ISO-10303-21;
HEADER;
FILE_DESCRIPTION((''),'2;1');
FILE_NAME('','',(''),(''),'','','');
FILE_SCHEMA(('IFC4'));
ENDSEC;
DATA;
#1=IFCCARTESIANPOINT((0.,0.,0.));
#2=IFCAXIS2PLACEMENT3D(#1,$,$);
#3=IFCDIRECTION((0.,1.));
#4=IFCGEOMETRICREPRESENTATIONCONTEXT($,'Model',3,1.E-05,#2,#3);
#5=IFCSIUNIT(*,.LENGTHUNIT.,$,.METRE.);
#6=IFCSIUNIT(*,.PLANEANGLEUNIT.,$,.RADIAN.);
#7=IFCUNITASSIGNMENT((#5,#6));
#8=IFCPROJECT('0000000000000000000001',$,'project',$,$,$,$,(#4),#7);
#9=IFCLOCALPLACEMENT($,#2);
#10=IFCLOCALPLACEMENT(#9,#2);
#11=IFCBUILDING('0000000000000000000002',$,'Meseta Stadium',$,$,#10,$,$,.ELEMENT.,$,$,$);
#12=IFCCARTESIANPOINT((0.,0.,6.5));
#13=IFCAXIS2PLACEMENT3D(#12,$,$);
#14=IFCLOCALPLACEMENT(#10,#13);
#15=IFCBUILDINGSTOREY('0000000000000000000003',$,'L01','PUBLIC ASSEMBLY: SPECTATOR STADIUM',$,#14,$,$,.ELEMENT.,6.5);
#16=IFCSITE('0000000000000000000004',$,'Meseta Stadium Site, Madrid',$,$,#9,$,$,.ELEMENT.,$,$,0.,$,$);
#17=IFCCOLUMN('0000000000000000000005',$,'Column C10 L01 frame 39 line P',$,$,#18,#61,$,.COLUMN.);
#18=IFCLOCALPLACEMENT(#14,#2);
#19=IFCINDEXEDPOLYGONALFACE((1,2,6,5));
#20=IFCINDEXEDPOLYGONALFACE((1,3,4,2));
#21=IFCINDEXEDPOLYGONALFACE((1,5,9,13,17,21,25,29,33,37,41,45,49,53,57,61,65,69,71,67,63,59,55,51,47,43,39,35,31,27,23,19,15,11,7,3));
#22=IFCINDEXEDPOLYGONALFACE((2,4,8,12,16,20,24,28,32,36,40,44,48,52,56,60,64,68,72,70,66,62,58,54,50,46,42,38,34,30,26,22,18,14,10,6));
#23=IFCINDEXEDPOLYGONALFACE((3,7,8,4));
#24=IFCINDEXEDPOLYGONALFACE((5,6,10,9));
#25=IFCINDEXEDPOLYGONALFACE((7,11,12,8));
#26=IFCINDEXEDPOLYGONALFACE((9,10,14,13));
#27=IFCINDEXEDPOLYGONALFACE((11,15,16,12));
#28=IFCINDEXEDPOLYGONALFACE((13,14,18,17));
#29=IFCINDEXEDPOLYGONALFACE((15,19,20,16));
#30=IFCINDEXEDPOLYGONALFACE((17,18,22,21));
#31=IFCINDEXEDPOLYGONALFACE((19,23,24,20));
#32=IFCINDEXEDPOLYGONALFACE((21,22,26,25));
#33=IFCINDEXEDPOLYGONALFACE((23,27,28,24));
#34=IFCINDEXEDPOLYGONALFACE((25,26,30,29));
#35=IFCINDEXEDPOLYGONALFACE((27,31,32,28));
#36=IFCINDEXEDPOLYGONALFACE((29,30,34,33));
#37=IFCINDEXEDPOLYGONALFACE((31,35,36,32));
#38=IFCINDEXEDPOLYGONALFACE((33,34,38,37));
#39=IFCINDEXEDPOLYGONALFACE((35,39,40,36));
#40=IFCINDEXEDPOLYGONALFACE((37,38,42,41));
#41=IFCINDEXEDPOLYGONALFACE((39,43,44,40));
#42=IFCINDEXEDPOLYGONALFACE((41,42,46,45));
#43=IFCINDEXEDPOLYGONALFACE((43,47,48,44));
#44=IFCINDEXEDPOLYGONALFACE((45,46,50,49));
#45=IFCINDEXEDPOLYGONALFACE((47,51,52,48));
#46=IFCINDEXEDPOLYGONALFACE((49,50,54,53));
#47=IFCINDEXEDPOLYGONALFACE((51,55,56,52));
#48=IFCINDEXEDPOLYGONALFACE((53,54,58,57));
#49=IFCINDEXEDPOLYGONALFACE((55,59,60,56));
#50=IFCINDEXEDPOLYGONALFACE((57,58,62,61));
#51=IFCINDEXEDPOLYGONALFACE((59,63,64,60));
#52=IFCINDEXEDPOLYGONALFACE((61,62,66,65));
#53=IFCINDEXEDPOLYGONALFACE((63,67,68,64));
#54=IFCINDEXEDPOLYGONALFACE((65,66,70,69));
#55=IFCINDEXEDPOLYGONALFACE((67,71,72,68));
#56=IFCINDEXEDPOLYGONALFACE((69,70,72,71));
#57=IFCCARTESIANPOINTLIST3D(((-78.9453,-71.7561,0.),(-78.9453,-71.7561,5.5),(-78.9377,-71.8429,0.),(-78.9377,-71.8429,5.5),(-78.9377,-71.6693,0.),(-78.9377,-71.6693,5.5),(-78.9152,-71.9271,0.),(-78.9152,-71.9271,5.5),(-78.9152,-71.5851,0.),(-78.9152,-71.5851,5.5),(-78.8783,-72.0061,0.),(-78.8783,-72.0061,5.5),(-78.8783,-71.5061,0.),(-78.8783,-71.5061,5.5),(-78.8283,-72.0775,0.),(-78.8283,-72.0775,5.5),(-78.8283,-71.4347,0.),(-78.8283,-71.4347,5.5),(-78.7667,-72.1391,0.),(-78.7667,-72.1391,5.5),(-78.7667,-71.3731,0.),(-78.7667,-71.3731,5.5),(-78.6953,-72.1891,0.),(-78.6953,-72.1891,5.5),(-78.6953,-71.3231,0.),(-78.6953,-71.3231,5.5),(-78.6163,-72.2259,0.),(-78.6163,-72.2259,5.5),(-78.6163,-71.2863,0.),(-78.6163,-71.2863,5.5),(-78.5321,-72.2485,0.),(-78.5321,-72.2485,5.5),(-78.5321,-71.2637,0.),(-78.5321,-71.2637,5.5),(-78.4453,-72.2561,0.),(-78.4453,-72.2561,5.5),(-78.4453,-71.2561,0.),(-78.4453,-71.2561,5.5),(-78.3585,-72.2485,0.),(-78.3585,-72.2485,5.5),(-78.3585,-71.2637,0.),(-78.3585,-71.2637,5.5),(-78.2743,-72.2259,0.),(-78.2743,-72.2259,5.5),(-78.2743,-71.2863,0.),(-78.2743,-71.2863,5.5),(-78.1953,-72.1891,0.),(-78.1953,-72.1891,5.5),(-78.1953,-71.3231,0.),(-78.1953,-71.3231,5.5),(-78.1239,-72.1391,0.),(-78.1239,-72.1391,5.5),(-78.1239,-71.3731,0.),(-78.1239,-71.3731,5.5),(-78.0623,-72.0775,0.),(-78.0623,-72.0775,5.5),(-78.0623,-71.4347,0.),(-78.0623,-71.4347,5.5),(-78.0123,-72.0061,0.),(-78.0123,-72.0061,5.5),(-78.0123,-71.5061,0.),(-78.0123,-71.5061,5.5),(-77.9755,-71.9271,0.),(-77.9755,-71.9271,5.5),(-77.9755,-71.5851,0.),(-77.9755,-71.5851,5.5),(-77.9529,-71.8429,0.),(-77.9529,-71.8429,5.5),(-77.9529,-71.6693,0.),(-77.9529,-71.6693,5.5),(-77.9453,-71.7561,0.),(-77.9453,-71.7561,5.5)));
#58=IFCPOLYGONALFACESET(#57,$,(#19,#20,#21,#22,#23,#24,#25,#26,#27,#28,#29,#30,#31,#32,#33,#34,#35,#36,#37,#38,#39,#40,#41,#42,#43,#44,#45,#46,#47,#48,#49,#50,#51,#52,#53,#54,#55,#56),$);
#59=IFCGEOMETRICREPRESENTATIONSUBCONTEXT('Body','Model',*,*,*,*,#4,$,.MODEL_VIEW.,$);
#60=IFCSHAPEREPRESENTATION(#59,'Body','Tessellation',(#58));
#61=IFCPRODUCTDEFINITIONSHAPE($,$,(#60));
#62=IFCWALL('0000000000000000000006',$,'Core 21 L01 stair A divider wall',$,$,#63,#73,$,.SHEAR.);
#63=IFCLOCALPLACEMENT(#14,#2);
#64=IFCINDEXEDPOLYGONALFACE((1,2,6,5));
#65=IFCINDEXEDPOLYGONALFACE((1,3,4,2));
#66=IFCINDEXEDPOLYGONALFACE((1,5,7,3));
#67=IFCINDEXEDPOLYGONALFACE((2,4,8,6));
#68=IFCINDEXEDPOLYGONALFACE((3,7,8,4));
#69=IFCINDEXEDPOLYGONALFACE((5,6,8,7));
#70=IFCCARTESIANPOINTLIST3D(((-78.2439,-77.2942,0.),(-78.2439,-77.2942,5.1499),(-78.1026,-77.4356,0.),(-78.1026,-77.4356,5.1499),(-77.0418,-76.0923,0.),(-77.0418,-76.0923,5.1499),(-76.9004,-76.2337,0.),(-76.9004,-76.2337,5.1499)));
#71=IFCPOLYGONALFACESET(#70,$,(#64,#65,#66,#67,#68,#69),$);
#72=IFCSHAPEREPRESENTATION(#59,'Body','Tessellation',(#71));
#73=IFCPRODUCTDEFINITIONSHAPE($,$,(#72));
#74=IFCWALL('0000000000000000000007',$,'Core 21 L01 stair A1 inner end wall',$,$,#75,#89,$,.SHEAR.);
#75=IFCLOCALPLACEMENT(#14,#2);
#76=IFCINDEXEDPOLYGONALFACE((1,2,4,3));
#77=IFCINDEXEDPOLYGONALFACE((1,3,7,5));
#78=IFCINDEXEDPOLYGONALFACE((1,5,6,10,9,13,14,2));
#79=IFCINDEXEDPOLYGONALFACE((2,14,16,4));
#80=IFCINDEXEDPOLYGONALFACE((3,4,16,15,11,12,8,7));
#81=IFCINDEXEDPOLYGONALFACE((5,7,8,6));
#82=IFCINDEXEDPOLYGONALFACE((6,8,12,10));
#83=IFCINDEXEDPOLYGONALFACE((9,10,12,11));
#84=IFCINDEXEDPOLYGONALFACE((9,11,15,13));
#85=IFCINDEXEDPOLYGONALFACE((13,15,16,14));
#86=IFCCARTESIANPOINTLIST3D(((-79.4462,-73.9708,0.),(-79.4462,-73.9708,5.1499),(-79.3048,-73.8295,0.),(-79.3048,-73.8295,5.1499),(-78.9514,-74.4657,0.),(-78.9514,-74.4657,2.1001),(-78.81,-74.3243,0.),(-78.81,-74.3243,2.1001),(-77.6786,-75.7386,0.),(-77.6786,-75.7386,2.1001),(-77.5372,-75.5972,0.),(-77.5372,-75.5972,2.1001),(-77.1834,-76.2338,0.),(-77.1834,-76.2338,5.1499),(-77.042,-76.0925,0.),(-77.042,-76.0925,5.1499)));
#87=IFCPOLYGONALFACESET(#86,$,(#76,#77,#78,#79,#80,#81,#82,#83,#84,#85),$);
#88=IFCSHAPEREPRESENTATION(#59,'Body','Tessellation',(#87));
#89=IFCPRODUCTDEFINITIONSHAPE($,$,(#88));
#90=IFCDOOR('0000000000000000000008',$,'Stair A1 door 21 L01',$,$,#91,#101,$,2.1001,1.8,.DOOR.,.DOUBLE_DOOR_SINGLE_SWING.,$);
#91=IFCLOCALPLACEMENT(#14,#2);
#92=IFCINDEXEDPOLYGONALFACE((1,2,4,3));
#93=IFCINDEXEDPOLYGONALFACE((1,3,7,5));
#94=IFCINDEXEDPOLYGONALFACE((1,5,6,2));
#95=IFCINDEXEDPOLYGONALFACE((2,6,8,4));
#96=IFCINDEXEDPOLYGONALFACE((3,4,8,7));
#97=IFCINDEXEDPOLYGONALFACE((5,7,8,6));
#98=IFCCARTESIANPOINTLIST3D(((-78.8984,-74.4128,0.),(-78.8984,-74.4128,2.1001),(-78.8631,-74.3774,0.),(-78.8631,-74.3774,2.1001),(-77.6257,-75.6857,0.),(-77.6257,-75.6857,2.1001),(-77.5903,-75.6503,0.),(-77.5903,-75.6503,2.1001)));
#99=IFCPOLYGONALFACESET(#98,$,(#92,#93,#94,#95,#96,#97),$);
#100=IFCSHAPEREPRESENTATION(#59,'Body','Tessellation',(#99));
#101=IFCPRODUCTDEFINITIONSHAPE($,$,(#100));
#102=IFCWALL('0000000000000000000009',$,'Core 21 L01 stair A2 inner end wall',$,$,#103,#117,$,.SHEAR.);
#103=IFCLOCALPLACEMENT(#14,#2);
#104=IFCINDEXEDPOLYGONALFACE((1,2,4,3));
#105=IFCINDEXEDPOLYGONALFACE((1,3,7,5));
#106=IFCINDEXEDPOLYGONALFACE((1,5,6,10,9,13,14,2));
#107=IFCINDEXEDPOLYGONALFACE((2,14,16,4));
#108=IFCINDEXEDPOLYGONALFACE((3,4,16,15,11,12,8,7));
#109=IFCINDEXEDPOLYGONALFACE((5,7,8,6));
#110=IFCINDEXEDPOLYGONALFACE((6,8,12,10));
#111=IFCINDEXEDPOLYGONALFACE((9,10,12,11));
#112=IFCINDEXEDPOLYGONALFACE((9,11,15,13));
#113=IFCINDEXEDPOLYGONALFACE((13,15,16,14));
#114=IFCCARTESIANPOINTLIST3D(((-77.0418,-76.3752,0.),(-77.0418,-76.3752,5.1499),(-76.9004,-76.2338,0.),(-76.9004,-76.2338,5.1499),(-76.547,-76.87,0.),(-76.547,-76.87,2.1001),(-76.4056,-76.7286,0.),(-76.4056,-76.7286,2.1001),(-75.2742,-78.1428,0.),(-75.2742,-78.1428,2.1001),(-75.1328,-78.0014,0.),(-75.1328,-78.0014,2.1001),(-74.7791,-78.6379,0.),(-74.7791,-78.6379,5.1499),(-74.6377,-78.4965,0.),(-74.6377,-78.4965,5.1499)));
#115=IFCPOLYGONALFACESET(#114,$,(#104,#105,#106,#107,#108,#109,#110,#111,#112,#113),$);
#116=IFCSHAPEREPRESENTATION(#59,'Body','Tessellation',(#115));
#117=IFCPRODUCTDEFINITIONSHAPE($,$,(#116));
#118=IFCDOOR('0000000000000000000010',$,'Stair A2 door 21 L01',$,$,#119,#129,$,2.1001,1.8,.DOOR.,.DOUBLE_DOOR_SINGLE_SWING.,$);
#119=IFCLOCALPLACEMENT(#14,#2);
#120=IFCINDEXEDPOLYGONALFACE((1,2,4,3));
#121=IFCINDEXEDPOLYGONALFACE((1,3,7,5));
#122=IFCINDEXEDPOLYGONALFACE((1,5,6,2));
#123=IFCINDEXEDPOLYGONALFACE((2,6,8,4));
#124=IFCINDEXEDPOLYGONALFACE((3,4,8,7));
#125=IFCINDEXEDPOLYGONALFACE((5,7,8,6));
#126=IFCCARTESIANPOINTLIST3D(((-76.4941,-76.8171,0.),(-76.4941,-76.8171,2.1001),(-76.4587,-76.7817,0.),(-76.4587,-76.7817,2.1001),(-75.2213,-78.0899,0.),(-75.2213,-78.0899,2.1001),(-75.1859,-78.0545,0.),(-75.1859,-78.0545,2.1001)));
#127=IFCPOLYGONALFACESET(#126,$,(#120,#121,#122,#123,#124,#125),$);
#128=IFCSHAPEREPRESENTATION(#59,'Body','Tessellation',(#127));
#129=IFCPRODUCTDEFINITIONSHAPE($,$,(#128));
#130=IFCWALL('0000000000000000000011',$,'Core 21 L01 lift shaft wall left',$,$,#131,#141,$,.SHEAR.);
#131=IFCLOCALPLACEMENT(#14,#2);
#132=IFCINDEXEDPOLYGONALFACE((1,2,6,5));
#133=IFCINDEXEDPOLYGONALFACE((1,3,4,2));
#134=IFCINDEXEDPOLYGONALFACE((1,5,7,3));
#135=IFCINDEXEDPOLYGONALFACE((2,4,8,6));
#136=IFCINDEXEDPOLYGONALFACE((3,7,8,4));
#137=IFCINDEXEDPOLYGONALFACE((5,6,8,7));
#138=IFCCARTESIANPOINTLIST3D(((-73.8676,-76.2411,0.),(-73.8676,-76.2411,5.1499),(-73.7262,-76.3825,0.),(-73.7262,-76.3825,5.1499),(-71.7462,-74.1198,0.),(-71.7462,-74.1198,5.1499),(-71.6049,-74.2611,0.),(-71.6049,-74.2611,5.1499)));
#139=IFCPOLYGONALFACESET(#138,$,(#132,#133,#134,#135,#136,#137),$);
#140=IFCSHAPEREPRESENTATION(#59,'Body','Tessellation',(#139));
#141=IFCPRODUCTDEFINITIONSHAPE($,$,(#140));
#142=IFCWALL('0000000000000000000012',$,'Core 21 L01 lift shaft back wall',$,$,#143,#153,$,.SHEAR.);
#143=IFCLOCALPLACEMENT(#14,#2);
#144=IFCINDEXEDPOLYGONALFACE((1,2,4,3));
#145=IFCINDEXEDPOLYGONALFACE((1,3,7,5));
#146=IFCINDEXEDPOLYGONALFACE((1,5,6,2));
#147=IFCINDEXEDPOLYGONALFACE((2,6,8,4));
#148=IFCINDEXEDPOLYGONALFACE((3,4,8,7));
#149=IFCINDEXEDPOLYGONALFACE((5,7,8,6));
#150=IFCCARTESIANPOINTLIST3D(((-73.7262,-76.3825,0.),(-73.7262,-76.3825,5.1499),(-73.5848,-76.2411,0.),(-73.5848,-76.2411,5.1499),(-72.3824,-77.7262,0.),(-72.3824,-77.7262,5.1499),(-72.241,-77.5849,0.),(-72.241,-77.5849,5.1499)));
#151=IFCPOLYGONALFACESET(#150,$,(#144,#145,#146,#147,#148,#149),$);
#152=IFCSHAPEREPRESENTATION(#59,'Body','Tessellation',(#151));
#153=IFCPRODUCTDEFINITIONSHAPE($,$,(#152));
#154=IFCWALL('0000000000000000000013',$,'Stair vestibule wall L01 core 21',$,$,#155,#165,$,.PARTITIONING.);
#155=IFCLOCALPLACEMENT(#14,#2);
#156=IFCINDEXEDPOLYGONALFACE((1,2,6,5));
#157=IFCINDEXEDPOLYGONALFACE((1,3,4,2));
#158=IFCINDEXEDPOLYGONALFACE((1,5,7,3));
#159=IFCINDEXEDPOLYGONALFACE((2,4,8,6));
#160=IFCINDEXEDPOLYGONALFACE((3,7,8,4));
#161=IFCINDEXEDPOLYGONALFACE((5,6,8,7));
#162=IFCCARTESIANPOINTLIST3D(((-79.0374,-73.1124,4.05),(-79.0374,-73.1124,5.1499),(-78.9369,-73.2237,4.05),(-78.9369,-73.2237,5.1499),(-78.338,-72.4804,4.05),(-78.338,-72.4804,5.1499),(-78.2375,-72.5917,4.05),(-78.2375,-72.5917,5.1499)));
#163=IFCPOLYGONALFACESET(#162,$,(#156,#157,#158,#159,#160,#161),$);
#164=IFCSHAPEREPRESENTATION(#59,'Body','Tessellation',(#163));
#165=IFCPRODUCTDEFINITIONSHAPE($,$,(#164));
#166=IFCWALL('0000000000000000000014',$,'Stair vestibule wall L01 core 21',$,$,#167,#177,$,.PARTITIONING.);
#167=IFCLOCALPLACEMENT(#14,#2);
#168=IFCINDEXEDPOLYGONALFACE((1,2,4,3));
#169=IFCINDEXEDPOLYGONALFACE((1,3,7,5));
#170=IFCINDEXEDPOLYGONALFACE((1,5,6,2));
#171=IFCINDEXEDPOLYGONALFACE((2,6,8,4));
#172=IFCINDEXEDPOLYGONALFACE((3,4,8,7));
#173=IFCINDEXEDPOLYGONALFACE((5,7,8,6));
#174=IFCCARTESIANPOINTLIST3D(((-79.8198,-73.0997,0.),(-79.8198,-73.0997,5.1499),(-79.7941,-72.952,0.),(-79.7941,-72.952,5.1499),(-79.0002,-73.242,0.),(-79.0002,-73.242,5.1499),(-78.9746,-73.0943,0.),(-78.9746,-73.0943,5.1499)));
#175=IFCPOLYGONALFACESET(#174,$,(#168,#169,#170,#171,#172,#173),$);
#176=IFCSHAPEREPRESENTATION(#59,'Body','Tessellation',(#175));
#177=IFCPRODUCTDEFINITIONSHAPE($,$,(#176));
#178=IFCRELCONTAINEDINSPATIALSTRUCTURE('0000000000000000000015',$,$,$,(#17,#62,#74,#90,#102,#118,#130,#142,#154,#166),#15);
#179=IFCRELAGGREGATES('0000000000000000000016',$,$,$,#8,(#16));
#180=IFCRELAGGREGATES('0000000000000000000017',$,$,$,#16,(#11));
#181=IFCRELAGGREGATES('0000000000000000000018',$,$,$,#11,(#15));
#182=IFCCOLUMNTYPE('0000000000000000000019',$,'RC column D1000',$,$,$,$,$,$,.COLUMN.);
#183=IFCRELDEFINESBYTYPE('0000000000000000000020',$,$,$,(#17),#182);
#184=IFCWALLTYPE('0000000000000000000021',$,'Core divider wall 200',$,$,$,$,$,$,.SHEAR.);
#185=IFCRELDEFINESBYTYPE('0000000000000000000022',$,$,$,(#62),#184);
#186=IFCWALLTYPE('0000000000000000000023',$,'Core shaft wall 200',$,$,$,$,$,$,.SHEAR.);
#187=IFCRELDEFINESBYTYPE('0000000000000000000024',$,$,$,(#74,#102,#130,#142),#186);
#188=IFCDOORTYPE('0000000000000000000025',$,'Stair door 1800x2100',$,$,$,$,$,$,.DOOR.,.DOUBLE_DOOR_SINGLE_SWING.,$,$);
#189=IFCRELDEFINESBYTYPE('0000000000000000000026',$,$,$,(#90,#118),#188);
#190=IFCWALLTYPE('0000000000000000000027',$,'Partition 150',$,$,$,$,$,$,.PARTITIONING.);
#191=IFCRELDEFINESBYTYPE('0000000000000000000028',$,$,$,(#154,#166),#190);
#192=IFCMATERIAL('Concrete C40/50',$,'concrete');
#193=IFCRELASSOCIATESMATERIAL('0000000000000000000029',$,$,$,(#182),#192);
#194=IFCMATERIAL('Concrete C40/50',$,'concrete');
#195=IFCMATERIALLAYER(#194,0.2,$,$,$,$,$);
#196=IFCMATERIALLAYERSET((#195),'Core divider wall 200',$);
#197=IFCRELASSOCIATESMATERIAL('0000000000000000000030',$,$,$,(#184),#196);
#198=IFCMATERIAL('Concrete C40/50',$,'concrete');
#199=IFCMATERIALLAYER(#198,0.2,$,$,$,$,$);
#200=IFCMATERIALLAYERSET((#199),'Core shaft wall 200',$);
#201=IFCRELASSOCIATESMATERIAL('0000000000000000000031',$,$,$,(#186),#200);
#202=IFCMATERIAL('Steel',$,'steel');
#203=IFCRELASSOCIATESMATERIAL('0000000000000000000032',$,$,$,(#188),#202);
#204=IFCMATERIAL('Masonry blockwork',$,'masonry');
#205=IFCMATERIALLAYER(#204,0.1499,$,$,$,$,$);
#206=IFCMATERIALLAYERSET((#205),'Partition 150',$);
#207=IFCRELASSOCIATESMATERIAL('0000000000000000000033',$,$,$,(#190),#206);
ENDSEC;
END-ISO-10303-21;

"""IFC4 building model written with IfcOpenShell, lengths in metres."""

from ifc_helpers import new_model, si_unit, direction, frame, frame_2d, origin, origin_2d, place, context, subcontext, project, spatial, rectangle, circle, extrude, material, layer, layer_set, material_profile, profile_set, type_object, element, fill, save


model = new_model("IFC4")

# Units and contexts
model_context = context("Model", 3, precision=1e-05, world=origin(), true_north=direction((0.0, 1.0)))
body_context = subcontext(model_context, "Body", "Model", "MODEL_VIEW")
ifc_project = project(units=[si_unit("LENGTHUNIT", "METRE"), si_unit("PLANEANGLEUNIT", "RADIAN")], contexts=[model_context])

# Site, building, storey
site_placement = place(None, origin())
site = spatial("IfcSite", under=ifc_project, at=site_placement, Name="Meseta Stadium Site, Madrid", CompositionType="ELEMENT", RefElevation=0.0)
building_placement = place(site_placement, origin())
building = spatial("IfcBuilding", under=site, at=building_placement, Name="Meseta Stadium", CompositionType="ELEMENT")
storey_placement = place(building_placement, frame((0.0, 0.0, 6.5)))
storey = spatial("IfcBuildingStorey", under=building, at=storey_placement, Name="L01", Description="PUBLIC ASSEMBLY: SPECTATOR STADIUM", CompositionType="ELEMENT", Elevation=6.5)

# Column
ifc_material_1 = material(Name="Concrete C40/50", Category="concrete")
ifc_material_profile = material_profile(ifc_material_1, circle(Radius=0.5, at=origin_2d()), Name="RC D1000")
ifc_profile_set = profile_set([ifc_material_profile], Name="Concrete C40/50")
column_type = type_object("IfcColumnType", Name="RC column D1000", PredefinedType="COLUMN", material=ifc_profile_set)
column_placement = place(storey_placement, frame((-78.4453, -71.7561, 0.0), z_axis=(0.0, 0.0, 1.0), x_axis=(1.0, 0.0, 0.0)))
element("IfcColumn", 1, at=column_placement, inside=storey, type_object=column_type, Name="Column C10 L01 frame 39 line P", PredefinedType="COLUMN", context=body_context, shape_type="SweptSolid", body=[
    extrude(circle(Radius=0.5, at=origin_2d()), origin(), (0.0, 0.0, 1.0), 5.5),
])

# Wall
ifc_material_2 = material(Name="Concrete C40/50", Category="concrete")
ifc_layer_1 = layer(ifc_material_2, 0.2)
ifc_layer_set_1 = layer_set([ifc_layer_1], Name="Core divider wall 200")
wall_type_1 = type_object("IfcWallType", Name="Core divider wall 200", PredefinedType="SHEAR", material=ifc_layer_set_1)
wall_1_placement = place(storey_placement, frame((-78.1733, -77.365, 0.0), z_axis=(0.0, 0.0, 1.0), x_axis=(0.707179, 0.707035, 0.0)))
element("IfcWall", 2, at=wall_1_placement, inside=storey, type_object=wall_type_1, Name="Core 21 L01 stair A divider wall", PredefinedType="SHEAR", context=body_context, shape_type="SweptSolid", body=[
    extrude(rectangle(XDim=1.7, YDim=0.2, at=frame_2d((0.8501, 0.0))), origin(), (0.0, 0.0, 1.0), 5.1499),
])

# Walls, openings, doors
ifc_material_3 = material(Name="Concrete C40/50", Category="concrete")
ifc_layer_2 = layer(ifc_material_3, 0.2)
ifc_layer_set_2 = layer_set([ifc_layer_2], Name="Core shaft wall 200")
wall_type_2 = type_object("IfcWallType", Name="Core shaft wall 200", PredefinedType="SHEAR", material=ifc_layer_set_2)
wall_2_placement = place(storey_placement, frame((-79.3755, -73.9001, 0.0), z_axis=(0.0, 0.0, 1.0), x_axis=(0.707069, -0.707145, 0.0)))
wall_2 = element("IfcWall", 3, at=wall_2_placement, inside=storey, type_object=wall_type_2, Name="Core 21 L01 stair A1 inner end wall", PredefinedType="SHEAR", context=body_context, shape_type="SweptSolid", body=[
    extrude(rectangle(XDim=3.2002, YDim=0.2, at=frame_2d((1.6001, 0.0))), origin(), (0.0, 0.0, 1.0), 5.1499),
])
opening_1_placement = place(wall_2_placement, frame((0.7, 0.0, 0.0)))
opening_1 = element("IfcOpeningElement", 4, at=opening_1_placement, cuts=wall_2, PredefinedType="OPENING", context=body_context, shape_type="SweptSolid", body=[
    extrude(rectangle(XDim=1.8, YDim=2.1001, at=frame_2d((0.8999, 1.05))), frame((0.0, 0.1099, 0.0), z_axis=(0.0, -1.0, 0.0), x_axis=(1.0, 0.0, 0.0)), (0.0, 0.0, 1.0), 0.22),
])
ifc_material_4 = material(Name="Steel", Category="steel")
door_type = type_object("IfcDoorType", Name="Stair door 1800x2100", OperationType="DOUBLE_DOOR_SINGLE_SWING", PredefinedType="DOOR", material=ifc_material_4)
door_1_placement = place(opening_1_placement, origin())
door_1 = element("IfcDoor", 5, at=door_1_placement, inside=storey, type_object=door_type, Name="Stair A1 door 21 L01", OperationType="DOUBLE_DOOR_SINGLE_SWING", OverallHeight=2.1001, OverallWidth=1.8, PredefinedType="DOOR", context=body_context, shape_type="SweptSolid", body=[
    extrude(rectangle(XDim=1.8, YDim=2.1001, at=frame_2d((0.8999, 1.05))), frame((0.0, 0.0249, 0.0), z_axis=(0.0, -1.0, 0.0), x_axis=(1.0, 0.0, 0.0)), (0.0, 0.0, 1.0), 0.05),
])
fill(opening_1, door_1)
wall_3_placement = place(storey_placement, frame((-76.9712, -76.3044, 0.0), z_axis=(0.0, 0.0, 1.0), x_axis=(0.707107, -0.707107, 0.0)))
wall_3 = element("IfcWall", 6, at=wall_3_placement, inside=storey, type_object=wall_type_2, Name="Core 21 L01 stair A2 inner end wall", PredefinedType="SHEAR", context=body_context, shape_type="SweptSolid", body=[
    extrude(rectangle(XDim=3.2, YDim=0.2, at=frame_2d((1.6001, 0.0))), origin(), (0.0, 0.0, 1.0), 5.1499),
])
opening_2_placement = place(wall_3_placement, frame((0.7, 0.0, 0.0)))
opening_2 = element("IfcOpeningElement", 7, at=opening_2_placement, cuts=wall_3, PredefinedType="OPENING", context=body_context, shape_type="SweptSolid", body=[
    extrude(rectangle(XDim=1.8, YDim=2.1001, at=frame_2d((0.8999, 1.05))), frame((0.0, 0.1099, 0.0), z_axis=(0.0, -1.0, 0.0), x_axis=(1.0, 0.0, 0.0)), (0.0, 0.0, 1.0), 0.22),
])
door_2_placement = place(opening_2_placement, origin())
door_2 = element("IfcDoor", 8, at=door_2_placement, inside=storey, type_object=door_type, Name="Stair A2 door 21 L01", OperationType="DOUBLE_DOOR_SINGLE_SWING", OverallHeight=2.1001, OverallWidth=1.8, PredefinedType="DOOR", context=body_context, shape_type="SweptSolid", body=[
    extrude(rectangle(XDim=1.8, YDim=2.1001, at=frame_2d((0.8999, 1.05))), frame((0.0, 0.0249, 0.0), z_axis=(0.0, -1.0, 0.0), x_axis=(1.0, 0.0, 0.0)), (0.0, 0.0, 1.0), 0.05),
])
fill(opening_2, door_2)

# Walls
wall_4_placement = place(storey_placement, frame((-73.7969, -76.3118, 0.0), z_axis=(0.0, 0.0, 1.0), x_axis=(0.707107, 0.707107, 0.0)))
element("IfcWall", 9, at=wall_4_placement, inside=storey, type_object=wall_type_2, Name="Core 21 L01 lift shaft wall left", PredefinedType="SHEAR", context=body_context, shape_type="SweptSolid", body=[
    extrude(rectangle(XDim=3.0, YDim=0.2, at=frame_2d((1.5, 0.0))), origin(), (0.0, 0.0, 1.0), 5.1499),
])
wall_5_placement = place(storey_placement, frame((-73.6555, -76.3118, 0.0), z_axis=(0.0, 0.0, 1.0), x_axis=(0.707107, -0.707107, 0.0)))
element("IfcWall", 10, at=wall_5_placement, inside=storey, type_object=wall_type_2, Name="Core 21 L01 lift shaft back wall", PredefinedType="SHEAR", context=body_context, shape_type="SweptSolid", body=[
    extrude(rectangle(XDim=1.9004, YDim=0.2, at=frame_2d((0.9502, 0.0))), origin(), (0.0, 0.0, 1.0), 5.1499),
])
ifc_material_5 = material(Name="Masonry blockwork", Category="masonry")
ifc_layer_3 = layer(ifc_material_5, 0.1499)
ifc_layer_set_3 = layer_set([ifc_layer_3], Name="Partition 150")
wall_type_3 = type_object("IfcWallType", Name="Partition 150", PredefinedType="PARTITIONING", material=ifc_layer_set_3)
wall_6_placement = place(storey_placement, frame((-78.2878, -72.5361, 4.05), z_axis=(0.0, 0.0, 1.0), x_axis=(-0.741941, -0.670466, 0.0)))
element("IfcWall", 11, at=wall_6_placement, inside=storey, type_object=wall_type_3, Name="Stair vestibule wall L01 core 21", PredefinedType="PARTITIONING", context=body_context, shape_type="SweptSolid", body=[
    extrude(rectangle(XDim=0.9426, YDim=0.1499, at=frame_2d((0.4712, 0.0))), origin(), (0.0, 0.0, 1.0), 1.0999),
])
wall_7_placement = place(storey_placement, frame((-78.9873, -73.1682, 0.0), z_axis=(0.0, 0.0, 1.0), x_axis=(-0.985253, 0.171106, 0.0)))
element("IfcWall", 12, at=wall_7_placement, inside=storey, type_object=wall_type_3, Name="Stair vestibule wall L01 core 21", PredefinedType="PARTITIONING", context=body_context, shape_type="SweptSolid", body=[
    extrude(rectangle(XDim=0.8318, YDim=0.1499, at=frame_2d((0.416, 0.0))), origin(), (0.0, 0.0, 1.0), 5.1499),
])

save(model, "model.ifc")
